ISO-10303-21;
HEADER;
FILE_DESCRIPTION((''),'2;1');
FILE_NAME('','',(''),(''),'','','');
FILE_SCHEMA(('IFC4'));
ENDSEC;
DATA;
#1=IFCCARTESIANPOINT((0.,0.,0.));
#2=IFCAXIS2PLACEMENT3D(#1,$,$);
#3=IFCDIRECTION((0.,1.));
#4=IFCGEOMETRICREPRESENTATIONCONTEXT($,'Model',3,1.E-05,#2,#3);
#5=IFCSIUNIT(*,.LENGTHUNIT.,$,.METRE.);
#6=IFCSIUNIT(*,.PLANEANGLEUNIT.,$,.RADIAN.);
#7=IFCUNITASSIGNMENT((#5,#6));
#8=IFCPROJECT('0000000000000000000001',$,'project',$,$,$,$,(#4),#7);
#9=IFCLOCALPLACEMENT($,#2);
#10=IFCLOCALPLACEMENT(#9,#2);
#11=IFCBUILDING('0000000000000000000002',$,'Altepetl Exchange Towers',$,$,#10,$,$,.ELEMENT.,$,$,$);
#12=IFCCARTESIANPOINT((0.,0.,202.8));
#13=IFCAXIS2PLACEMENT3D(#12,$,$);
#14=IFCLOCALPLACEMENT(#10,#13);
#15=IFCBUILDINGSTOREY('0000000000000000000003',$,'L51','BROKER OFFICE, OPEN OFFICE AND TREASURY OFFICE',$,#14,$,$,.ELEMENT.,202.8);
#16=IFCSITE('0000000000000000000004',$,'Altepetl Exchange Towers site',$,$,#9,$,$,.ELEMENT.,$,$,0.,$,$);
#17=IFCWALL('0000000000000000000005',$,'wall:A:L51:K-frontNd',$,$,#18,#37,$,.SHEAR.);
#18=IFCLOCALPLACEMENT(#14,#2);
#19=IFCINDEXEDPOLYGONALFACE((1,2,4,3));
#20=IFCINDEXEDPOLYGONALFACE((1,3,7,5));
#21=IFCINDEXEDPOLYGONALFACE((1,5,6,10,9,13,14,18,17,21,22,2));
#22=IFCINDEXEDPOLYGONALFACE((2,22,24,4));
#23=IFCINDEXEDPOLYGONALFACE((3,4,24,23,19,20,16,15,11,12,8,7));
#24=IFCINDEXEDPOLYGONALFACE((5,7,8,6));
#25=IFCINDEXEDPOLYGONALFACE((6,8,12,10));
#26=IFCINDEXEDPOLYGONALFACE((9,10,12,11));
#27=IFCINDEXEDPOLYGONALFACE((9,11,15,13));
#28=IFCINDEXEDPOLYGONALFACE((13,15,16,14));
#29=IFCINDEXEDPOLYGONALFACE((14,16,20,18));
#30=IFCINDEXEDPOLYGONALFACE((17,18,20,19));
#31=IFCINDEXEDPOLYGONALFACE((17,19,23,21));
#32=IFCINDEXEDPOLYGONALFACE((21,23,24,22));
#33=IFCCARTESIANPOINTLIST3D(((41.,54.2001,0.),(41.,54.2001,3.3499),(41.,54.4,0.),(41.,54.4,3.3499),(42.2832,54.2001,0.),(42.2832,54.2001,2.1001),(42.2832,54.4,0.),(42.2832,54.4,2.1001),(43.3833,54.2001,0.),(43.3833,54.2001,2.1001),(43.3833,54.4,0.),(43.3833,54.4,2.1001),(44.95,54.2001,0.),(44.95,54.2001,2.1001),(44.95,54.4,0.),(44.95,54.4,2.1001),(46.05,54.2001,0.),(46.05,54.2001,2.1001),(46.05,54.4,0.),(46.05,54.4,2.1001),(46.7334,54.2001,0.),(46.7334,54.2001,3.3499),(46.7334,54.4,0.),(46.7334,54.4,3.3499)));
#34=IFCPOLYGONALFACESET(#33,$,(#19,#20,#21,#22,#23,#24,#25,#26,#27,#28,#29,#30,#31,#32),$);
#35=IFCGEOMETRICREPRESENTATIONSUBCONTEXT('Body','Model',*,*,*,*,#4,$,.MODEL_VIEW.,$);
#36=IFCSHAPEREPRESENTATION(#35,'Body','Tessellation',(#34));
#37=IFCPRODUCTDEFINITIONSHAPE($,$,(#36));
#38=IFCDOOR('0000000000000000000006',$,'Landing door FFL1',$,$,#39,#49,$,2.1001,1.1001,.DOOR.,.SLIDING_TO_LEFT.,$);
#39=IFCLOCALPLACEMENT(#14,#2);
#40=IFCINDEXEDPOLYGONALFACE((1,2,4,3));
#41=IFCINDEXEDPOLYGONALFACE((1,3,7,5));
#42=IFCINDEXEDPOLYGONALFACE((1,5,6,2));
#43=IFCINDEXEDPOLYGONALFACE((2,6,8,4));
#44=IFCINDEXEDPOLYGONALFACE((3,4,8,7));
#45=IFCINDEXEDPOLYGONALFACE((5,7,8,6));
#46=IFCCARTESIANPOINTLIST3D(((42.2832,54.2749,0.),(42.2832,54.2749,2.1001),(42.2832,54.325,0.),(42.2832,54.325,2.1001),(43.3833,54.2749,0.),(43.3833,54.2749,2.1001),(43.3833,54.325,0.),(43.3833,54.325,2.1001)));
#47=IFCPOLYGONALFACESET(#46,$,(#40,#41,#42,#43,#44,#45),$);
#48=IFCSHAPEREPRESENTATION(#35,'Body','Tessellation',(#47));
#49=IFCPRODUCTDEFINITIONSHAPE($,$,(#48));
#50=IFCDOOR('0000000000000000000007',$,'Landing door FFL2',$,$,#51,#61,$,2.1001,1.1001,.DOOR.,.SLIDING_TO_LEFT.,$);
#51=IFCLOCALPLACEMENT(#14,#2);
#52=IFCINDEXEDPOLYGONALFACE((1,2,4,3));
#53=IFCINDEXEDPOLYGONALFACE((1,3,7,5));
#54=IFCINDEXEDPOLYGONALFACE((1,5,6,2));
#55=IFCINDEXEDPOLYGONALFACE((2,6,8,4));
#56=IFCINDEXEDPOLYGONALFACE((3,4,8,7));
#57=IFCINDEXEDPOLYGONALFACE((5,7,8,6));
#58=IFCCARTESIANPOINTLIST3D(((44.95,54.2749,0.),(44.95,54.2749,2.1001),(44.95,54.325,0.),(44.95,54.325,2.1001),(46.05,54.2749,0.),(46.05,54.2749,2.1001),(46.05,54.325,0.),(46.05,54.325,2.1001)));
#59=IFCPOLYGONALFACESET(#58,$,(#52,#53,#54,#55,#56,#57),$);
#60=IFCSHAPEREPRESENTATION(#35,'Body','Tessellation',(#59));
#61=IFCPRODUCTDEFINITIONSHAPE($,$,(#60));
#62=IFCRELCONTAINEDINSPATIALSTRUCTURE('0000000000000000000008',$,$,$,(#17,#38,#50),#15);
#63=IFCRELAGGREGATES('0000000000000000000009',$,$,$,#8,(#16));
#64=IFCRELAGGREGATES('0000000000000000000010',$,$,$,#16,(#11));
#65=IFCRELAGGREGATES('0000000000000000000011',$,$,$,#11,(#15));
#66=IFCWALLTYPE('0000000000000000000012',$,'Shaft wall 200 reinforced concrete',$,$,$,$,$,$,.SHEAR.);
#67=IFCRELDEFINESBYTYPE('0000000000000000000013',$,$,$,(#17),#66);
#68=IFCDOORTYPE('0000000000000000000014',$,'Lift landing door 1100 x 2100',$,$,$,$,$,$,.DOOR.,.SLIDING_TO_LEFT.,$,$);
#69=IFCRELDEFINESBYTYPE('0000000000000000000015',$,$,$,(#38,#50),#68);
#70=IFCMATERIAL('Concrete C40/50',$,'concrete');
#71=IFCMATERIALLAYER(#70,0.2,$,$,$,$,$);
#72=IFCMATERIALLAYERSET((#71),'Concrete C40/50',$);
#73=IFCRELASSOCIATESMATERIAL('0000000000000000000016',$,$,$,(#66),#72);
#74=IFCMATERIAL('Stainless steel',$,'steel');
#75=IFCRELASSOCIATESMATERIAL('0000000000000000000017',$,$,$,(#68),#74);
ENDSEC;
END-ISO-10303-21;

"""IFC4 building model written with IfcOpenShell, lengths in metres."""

from ifc_helpers import new_model, si_unit, direction, frame, frame_2d, origin, place, context, subcontext, project, spatial, rectangle, extrude, material, layer, layer_set, type_object, element, fill, save


model = new_model("IFC4")

# Units and contexts
model_context = context("Model", 3, precision=1e-05, world=origin(), true_north=direction((0.0, 1.0)))
body_context = subcontext(model_context, "Body", "Model", "MODEL_VIEW")
ifc_project = project(units=[si_unit("LENGTHUNIT", "METRE"), si_unit("PLANEANGLEUNIT", "RADIAN")], contexts=[model_context])

# Site, building, storey
site_placement = place(None, origin())
site = spatial("IfcSite", under=ifc_project, at=site_placement, Name="Altepetl Exchange Towers site", CompositionType="ELEMENT", RefElevation=0.0)
building_placement = place(site_placement, origin())
building = spatial("IfcBuilding", under=site, at=building_placement, Name="Altepetl Exchange Towers", CompositionType="ELEMENT")
storey_placement = place(building_placement, frame((0.0, 0.0, 202.8)))
storey = spatial("IfcBuildingStorey", under=building, at=storey_placement, Name="L51", Description="BROKER OFFICE, OPEN OFFICE AND TREASURY OFFICE", CompositionType="ELEMENT", Elevation=202.8)

# Shared definitions
ifc_material_1 = material(Name="Concrete C40/50", Category="concrete")
ifc_layer_1 = layer(ifc_material_1, 0.2)
ifc_layer_set_1 = layer_set([ifc_layer_1], Name="Concrete C40/50")
wall_type_1 = type_object("IfcWallType", Name="Shaft wall 200 reinforced concrete", PredefinedType="SHEAR", material=ifc_layer_set_1)

# Wall, openings, doors
ifc_material_2 = material(Name="Stainless steel", Category="steel")
wall_1_placement = place(storey_placement, frame((41.0, 54.3, 0.0)))
wall_1 = element("IfcWall", 1, at=wall_1_placement, inside=storey, type_object=wall_type_1, Name="wall:A:L51:K-frontNd", PredefinedType="SHEAR", context=body_context, shape_type="SweptSolid", body=[
    extrude(rectangle(XDim=5.7334, YDim=0.2, at=frame_2d((2.8667, 0.0))), origin(), (0.0, 0.0, 1.0), 3.3499),
])
opening_1_placement = place(wall_1_placement, frame((1.2832, 0.0, 0.0)))
opening_1 = element("IfcOpeningElement", 2, at=opening_1_placement, cuts=wall_1, PredefinedType="OPENING", context=body_context, shape_type="SweptSolid", body=[
    extrude(rectangle(XDim=1.1001, YDim=2.1001, at=frame_2d((0.55, 1.05))), frame((0.0, 0.1099, 0.0), z_axis=(0.0, -1.0, 0.0), x_axis=(1.0, 0.0, 0.0)), (0.0, 0.0, 1.0), 0.22),
])
opening_2_placement = place(wall_1_placement, frame((3.95, 0.0, 0.0)))
opening_2 = element("IfcOpeningElement", 3, at=opening_2_placement, cuts=wall_1, PredefinedType="OPENING", context=body_context, shape_type="SweptSolid", body=[
    extrude(rectangle(XDim=1.1001, YDim=2.1001, at=frame_2d((0.55, 1.05))), frame((0.0, 0.1099, 0.0), z_axis=(0.0, -1.0, 0.0), x_axis=(1.0, 0.0, 0.0)), (0.0, 0.0, 1.0), 0.22),
])
door_type_1 = type_object("IfcDoorType", Name="Lift landing door 1100 x 2100", OperationType="SLIDING_TO_LEFT", PredefinedType="DOOR", material=ifc_material_2)
door_1_placement = place(opening_1_placement, origin())
door_1 = element("IfcDoor", 4, at=door_1_placement, inside=storey, type_object=door_type_1, Name="Landing door FFL1", OperationType="SLIDING_TO_LEFT", OverallHeight=2.1001, OverallWidth=1.1001, PredefinedType="DOOR", context=body_context, shape_type="SweptSolid", body=[
    extrude(rectangle(XDim=1.1001, YDim=2.1001, at=frame_2d((0.55, 1.05))), frame((0.0, 0.0249, 0.0), z_axis=(0.0, -1.0, 0.0), x_axis=(1.0, 0.0, 0.0)), (0.0, 0.0, 1.0), 0.05),
])
fill(opening_1, door_1)
door_2_placement = place(opening_2_placement, origin())
door_2 = element("IfcDoor", 5, at=door_2_placement, inside=storey, type_object=door_type_1, Name="Landing door FFL2", OperationType="SLIDING_TO_LEFT", OverallHeight=2.1001, OverallWidth=1.1001, PredefinedType="DOOR", context=body_context, shape_type="SweptSolid", body=[
    extrude(rectangle(XDim=1.1001, YDim=2.1001, at=frame_2d((0.55, 1.05))), frame((0.0, 0.0249, 0.0), z_axis=(0.0, -1.0, 0.0), x_axis=(1.0, 0.0, 0.0)), (0.0, 0.0, 1.0), 0.05),
])
fill(opening_2, door_2)

save(model, "model.ifc")
